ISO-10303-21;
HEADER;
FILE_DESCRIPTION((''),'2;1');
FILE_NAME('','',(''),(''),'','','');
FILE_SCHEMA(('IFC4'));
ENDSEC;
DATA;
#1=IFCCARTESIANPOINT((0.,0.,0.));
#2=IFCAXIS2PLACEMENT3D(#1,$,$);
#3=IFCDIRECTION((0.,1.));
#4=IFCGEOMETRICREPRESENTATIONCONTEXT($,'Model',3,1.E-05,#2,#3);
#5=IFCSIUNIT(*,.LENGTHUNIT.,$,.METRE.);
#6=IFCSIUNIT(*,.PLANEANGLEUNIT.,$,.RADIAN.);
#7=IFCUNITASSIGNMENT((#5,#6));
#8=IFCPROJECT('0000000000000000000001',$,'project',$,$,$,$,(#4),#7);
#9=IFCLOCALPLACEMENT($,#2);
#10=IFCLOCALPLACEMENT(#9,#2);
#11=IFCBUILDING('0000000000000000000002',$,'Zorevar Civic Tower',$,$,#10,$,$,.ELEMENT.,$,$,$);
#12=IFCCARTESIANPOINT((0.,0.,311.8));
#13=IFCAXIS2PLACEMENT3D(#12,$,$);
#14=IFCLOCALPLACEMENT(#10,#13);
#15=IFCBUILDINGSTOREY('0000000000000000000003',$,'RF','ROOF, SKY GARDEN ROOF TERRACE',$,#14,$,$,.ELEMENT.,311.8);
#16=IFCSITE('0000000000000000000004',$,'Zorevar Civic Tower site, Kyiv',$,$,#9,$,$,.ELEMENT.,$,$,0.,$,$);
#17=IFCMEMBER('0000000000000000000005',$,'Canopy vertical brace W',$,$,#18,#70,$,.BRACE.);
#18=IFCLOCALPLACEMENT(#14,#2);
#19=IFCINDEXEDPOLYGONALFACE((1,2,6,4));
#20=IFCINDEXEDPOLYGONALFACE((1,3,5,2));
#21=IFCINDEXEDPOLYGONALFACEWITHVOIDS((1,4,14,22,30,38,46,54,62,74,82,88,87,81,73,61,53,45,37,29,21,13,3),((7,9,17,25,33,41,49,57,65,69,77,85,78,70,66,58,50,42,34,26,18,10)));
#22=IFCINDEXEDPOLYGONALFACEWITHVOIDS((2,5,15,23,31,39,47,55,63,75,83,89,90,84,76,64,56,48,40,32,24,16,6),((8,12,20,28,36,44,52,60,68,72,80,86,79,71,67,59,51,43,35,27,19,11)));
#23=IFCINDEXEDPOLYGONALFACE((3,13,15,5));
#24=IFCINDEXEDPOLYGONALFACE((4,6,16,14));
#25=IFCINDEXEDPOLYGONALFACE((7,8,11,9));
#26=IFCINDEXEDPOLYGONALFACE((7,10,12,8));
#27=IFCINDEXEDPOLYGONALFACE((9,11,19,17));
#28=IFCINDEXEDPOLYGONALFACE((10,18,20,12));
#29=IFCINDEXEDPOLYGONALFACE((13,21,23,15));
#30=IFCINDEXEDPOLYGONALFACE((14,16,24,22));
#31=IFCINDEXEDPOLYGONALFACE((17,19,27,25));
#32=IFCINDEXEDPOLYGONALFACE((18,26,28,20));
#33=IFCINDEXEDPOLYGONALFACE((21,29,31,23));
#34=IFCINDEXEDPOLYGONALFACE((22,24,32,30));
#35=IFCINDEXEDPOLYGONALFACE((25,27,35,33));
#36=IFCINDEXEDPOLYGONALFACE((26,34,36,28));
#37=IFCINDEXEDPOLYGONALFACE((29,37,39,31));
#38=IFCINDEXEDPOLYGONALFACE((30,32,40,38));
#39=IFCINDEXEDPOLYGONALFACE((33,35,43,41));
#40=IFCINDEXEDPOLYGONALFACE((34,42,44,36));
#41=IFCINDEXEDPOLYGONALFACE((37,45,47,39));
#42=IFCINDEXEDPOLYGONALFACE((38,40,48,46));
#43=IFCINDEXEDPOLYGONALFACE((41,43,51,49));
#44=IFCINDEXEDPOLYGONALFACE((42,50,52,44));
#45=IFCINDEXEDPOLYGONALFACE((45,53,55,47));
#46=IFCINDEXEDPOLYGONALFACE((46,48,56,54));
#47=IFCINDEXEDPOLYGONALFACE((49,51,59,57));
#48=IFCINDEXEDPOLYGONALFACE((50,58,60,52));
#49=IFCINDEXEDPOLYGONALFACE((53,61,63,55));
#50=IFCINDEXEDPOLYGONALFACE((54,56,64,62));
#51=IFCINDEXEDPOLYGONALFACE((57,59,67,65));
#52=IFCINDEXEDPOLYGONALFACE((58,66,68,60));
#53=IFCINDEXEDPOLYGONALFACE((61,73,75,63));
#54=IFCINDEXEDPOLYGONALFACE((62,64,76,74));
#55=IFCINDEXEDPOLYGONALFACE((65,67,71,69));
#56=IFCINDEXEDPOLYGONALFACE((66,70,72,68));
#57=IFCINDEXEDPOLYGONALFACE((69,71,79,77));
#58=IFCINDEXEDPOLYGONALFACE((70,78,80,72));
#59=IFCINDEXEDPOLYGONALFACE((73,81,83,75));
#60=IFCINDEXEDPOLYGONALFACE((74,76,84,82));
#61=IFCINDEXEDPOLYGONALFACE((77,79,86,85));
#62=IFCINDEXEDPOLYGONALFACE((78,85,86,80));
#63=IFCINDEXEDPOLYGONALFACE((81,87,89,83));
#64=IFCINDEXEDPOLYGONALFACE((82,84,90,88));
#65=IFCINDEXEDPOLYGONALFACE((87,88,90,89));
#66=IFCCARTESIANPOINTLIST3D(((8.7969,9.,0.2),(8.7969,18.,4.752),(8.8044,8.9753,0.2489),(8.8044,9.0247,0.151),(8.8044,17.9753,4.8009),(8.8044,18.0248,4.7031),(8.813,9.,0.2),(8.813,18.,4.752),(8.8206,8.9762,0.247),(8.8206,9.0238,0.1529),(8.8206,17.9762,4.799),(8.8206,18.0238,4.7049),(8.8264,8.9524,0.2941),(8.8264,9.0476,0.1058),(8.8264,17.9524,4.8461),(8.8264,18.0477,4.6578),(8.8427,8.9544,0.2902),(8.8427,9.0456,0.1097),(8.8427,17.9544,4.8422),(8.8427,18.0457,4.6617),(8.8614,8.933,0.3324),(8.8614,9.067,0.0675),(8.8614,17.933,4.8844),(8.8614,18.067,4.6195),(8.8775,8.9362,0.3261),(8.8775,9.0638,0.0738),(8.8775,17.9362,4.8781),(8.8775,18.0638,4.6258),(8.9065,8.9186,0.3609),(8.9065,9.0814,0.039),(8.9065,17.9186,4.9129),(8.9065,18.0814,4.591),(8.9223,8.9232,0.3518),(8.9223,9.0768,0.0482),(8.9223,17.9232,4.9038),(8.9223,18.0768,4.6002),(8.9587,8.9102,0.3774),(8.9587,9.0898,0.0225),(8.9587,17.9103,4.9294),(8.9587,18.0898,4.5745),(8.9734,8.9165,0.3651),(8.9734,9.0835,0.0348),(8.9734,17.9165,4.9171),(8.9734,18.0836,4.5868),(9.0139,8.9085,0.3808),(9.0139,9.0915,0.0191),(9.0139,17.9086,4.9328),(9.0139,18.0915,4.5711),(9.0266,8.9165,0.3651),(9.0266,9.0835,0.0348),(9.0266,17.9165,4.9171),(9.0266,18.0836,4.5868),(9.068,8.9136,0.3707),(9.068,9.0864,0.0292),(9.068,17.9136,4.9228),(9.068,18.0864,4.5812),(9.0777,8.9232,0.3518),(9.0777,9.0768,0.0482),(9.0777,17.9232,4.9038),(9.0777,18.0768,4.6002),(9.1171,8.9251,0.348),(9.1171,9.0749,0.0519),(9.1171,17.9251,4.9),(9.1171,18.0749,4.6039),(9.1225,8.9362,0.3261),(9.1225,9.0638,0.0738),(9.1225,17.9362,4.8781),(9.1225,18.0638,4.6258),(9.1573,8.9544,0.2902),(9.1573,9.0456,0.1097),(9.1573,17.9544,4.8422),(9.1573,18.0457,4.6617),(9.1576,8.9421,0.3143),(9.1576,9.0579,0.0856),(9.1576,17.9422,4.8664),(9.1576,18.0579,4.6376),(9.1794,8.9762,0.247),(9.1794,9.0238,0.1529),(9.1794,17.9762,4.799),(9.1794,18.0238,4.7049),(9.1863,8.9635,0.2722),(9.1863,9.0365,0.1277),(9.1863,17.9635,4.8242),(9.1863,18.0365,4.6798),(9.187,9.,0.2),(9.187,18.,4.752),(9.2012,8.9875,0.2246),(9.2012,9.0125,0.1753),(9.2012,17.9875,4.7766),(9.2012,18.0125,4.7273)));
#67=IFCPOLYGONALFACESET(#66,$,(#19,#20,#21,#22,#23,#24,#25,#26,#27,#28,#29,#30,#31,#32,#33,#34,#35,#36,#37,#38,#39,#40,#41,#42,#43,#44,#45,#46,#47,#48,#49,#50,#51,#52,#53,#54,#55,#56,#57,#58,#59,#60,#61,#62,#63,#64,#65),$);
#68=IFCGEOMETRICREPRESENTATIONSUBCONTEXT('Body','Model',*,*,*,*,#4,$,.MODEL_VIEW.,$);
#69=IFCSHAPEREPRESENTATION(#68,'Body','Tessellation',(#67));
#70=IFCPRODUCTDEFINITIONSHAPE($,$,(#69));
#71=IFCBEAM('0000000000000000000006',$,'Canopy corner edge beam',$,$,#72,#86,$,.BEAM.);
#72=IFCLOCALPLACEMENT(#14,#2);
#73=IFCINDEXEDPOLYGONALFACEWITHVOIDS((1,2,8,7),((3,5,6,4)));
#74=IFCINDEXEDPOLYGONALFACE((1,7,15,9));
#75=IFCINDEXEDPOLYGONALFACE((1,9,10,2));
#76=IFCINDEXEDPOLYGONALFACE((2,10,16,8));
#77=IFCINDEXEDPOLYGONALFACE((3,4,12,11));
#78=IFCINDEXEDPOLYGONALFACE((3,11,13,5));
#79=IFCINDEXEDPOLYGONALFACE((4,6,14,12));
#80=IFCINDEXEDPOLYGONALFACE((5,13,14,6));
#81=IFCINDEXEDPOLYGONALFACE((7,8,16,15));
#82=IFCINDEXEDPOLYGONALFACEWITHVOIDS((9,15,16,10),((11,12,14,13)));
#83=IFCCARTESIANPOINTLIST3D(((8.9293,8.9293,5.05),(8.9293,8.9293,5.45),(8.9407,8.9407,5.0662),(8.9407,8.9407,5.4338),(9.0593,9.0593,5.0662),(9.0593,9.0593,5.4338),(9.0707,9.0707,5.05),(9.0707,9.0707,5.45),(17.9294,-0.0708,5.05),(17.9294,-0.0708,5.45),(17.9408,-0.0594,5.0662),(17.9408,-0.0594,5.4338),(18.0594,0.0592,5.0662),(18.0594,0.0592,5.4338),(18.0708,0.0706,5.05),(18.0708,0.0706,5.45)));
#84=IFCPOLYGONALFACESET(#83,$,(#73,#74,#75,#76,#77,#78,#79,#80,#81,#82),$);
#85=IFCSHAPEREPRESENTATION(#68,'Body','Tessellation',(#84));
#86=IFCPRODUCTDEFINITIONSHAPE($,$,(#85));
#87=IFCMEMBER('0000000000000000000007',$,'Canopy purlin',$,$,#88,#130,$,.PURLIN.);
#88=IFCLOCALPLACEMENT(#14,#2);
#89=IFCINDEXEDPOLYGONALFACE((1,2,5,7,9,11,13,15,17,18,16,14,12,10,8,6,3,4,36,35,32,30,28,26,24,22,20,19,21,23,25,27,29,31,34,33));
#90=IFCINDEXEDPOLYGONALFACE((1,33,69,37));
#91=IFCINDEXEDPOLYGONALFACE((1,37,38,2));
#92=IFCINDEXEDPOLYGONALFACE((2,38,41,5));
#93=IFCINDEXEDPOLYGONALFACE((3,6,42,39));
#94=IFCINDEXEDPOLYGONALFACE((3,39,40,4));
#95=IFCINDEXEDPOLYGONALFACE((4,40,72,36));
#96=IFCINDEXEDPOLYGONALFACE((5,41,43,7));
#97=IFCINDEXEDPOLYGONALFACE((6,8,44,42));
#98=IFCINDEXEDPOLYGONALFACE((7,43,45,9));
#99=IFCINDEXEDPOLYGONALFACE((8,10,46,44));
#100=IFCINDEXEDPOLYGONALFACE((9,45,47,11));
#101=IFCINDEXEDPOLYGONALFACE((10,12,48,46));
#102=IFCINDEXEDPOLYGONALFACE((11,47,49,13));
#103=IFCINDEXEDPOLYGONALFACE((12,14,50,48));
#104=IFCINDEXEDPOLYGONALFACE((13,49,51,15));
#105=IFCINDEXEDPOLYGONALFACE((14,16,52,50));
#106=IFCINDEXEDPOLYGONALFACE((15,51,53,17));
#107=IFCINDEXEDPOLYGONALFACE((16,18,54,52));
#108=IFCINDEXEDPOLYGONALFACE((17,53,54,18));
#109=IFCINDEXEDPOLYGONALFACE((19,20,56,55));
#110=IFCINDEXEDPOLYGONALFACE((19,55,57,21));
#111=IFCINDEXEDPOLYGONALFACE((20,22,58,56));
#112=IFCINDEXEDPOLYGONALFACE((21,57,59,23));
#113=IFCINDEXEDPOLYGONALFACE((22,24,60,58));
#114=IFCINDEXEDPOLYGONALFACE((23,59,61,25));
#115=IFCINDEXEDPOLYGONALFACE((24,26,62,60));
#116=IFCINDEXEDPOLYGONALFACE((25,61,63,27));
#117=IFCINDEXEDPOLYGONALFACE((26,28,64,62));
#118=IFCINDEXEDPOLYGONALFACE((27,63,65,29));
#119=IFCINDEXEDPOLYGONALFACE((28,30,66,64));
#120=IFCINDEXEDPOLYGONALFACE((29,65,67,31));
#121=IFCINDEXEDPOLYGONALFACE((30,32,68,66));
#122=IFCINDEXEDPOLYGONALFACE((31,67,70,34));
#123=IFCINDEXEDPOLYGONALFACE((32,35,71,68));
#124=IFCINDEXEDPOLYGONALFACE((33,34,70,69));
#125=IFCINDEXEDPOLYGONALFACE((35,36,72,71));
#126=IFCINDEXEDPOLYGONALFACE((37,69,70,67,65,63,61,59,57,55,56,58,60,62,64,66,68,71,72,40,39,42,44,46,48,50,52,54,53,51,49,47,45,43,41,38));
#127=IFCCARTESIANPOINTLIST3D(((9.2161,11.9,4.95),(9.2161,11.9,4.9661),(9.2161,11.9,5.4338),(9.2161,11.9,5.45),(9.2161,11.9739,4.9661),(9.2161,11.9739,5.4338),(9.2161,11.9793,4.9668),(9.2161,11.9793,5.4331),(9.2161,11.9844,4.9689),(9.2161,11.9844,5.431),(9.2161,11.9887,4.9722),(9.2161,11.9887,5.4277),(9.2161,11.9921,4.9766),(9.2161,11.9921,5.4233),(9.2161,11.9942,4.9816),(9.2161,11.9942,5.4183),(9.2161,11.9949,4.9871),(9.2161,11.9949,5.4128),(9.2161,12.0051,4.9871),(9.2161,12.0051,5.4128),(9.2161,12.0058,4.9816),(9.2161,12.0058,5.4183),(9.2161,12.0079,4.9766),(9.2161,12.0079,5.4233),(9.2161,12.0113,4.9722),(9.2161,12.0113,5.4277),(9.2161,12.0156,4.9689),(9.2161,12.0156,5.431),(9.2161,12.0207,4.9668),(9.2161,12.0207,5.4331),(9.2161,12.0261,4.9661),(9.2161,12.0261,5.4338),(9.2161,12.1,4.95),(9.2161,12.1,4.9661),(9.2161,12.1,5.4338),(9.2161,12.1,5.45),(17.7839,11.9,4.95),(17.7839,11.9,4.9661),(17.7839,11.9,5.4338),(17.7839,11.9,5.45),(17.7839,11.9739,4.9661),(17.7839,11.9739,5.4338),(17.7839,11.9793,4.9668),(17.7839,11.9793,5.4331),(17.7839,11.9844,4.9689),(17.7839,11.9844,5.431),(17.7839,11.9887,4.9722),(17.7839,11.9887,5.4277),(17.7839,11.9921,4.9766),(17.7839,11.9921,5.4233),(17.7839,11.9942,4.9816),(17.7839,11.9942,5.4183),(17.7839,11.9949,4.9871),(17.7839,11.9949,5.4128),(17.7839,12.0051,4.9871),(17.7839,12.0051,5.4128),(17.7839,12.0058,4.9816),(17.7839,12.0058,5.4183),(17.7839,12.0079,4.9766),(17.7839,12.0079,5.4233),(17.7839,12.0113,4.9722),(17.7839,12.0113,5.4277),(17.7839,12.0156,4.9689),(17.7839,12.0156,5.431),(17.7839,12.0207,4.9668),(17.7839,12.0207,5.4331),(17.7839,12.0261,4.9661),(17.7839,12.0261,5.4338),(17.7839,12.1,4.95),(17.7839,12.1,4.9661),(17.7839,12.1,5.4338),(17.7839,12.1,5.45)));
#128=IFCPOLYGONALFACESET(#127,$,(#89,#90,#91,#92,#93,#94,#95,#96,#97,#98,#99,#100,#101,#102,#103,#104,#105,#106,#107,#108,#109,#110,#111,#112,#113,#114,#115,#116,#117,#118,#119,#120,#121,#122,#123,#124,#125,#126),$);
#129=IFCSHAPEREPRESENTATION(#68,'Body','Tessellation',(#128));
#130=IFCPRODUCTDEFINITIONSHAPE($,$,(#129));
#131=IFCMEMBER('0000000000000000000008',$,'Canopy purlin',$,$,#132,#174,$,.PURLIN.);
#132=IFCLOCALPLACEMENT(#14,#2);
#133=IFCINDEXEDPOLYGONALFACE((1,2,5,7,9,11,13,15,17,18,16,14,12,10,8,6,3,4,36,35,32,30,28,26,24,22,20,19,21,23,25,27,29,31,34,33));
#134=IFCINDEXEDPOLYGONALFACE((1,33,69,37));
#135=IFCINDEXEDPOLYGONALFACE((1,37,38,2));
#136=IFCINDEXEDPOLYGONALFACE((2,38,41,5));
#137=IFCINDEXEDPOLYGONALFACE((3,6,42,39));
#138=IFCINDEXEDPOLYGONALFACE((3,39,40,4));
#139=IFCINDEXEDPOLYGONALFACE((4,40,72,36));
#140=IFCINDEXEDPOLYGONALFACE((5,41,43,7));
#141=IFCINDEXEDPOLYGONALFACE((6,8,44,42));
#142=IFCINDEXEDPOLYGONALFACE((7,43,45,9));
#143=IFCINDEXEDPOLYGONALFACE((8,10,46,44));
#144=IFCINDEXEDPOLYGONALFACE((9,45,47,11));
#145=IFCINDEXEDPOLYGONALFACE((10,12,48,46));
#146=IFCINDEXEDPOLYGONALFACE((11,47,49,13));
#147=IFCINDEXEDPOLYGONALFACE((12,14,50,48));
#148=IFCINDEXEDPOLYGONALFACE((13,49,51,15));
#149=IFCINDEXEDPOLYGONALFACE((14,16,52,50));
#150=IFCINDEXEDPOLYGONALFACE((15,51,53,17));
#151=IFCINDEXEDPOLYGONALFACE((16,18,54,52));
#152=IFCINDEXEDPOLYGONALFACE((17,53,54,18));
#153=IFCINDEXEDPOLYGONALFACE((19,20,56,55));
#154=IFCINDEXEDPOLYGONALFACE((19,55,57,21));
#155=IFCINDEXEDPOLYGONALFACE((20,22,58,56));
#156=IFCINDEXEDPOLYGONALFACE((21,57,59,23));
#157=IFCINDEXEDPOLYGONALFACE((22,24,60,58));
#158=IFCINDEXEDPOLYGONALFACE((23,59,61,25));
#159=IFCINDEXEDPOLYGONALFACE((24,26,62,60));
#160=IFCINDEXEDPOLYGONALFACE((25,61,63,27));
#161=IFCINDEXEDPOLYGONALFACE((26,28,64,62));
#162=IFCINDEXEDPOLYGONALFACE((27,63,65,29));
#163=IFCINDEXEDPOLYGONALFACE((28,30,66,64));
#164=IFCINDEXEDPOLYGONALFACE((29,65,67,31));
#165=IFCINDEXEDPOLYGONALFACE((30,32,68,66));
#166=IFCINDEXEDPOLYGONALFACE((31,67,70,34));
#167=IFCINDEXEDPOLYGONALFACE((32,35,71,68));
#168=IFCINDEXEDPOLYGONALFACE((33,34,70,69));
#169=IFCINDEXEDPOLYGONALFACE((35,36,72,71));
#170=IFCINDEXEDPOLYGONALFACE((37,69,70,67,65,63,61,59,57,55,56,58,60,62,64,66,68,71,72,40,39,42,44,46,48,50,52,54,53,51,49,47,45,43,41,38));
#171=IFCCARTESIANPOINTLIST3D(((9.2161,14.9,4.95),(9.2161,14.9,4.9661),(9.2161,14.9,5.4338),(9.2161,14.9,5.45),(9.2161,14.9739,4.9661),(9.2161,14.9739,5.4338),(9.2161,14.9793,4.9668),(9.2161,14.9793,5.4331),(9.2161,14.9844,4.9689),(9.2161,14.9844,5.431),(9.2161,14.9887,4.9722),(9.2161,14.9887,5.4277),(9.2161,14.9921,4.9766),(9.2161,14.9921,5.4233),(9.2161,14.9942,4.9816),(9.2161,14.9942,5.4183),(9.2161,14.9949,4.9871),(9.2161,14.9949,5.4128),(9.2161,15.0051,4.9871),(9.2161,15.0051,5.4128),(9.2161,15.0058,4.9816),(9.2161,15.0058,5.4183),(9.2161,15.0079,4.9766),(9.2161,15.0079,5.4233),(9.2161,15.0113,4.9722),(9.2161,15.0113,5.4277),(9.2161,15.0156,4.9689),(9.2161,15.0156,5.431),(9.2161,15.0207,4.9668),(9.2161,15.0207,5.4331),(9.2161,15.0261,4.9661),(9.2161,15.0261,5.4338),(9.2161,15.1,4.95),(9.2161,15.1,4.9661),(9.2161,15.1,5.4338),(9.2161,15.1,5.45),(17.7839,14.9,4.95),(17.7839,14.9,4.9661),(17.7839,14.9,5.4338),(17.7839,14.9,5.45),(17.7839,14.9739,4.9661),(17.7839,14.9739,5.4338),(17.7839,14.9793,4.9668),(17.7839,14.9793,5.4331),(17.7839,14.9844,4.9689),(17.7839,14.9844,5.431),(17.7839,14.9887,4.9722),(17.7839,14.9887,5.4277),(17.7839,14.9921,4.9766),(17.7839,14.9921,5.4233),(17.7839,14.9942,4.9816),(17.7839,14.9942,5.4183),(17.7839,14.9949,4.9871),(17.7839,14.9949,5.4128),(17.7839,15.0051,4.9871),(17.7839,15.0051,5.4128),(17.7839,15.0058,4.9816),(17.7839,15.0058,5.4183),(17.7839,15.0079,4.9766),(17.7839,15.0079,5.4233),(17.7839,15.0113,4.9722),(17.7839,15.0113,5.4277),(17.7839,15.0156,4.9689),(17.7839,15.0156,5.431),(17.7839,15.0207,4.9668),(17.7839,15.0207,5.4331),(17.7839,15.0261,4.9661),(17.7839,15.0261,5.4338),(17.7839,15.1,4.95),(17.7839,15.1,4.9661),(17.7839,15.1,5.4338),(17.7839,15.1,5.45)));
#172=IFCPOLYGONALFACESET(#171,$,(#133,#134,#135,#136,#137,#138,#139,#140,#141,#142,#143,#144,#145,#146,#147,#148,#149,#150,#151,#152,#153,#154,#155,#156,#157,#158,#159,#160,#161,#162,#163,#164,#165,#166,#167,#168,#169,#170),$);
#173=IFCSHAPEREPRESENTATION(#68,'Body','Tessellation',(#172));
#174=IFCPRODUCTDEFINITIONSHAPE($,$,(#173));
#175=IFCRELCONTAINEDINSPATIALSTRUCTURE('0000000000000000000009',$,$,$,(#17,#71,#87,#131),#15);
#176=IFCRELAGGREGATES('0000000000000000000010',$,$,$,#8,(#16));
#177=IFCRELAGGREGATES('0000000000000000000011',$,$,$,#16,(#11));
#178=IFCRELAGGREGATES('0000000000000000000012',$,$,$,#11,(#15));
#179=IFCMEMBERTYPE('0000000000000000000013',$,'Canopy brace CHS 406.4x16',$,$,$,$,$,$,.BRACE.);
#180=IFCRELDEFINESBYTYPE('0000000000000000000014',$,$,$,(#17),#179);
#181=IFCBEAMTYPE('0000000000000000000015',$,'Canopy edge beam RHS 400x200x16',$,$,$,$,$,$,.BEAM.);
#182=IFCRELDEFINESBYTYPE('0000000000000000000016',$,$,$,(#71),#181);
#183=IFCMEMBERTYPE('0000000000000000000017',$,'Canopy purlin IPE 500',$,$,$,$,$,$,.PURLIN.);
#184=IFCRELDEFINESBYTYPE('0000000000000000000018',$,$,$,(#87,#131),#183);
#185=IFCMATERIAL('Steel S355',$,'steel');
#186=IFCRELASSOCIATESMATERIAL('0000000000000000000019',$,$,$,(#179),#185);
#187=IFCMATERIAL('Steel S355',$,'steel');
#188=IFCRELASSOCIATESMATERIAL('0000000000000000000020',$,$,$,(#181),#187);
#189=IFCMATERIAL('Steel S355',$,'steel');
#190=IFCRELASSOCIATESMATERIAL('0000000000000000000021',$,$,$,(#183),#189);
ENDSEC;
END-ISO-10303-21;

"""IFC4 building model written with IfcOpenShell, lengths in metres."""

from ifc_helpers import new_model, si_unit, direction, frame, origin, origin_2d, place, context, subcontext, project, spatial, hollow_rectangle, hollow_circle, i_section, extrude, material, material_profile, profile_set, type_object, element, save


model = new_model("IFC4")

# Units and contexts
model_context = context("Model", 3, precision=1e-05, world=origin(), true_north=direction((0.0, 1.0)))
body_context = subcontext(model_context, "Body", "Model", "MODEL_VIEW")
ifc_project = project(units=[si_unit("LENGTHUNIT", "METRE"), si_unit("PLANEANGLEUNIT", "RADIAN")], contexts=[model_context])

# Site, building, storey
site_placement = place(None, origin())
site = spatial("IfcSite", under=ifc_project, at=site_placement, Name="Zorevar Civic Tower site, Kyiv", CompositionType="ELEMENT", RefElevation=0.0)
building_placement = place(site_placement, origin())
building = spatial("IfcBuilding", under=site, at=building_placement, Name="Zorevar Civic Tower", CompositionType="ELEMENT")
storey_placement = place(building_placement, frame((0.0, 0.0, 311.8)))
storey = spatial("IfcBuildingStorey", under=building, at=storey_placement, Name="RF", Description="ROOF, SKY GARDEN ROOF TERRACE", CompositionType="ELEMENT", Elevation=311.8)

# Member
ifc_material_1 = material(Name="Steel S355", Category="steel")
ifc_material_profile_1 = material_profile(ifc_material_1, hollow_circle(Radius=0.2031, WallThickness=0.0161, at=origin_2d()), Name="CHS 406.4x16")
ifc_profile_set_1 = profile_set([ifc_material_profile_1], Name="Steel S355")
member_type_1 = type_object("IfcMemberType", Name="Canopy brace CHS 406.4x16", PredefinedType="BRACE", material=ifc_profile_set_1)
member_1_placement = place(storey_placement, frame((9.0, 9.0, 0.2), z_axis=(0.0, 0.892355, 0.451334), x_axis=(-1.0, 0.0, 0.0)))
element("IfcMember", 1, at=member_1_placement, inside=storey, type_object=member_type_1, Name="Canopy vertical brace W", PredefinedType="BRACE", context=body_context, shape_type="SweptSolid", body=[
    extrude(hollow_circle(Radius=0.2031, WallThickness=0.0161, at=origin_2d()), origin(), (0.0, 0.0, 1.0), 10.0857),
])

# Beam
ifc_material_2 = material(Name="Steel S355", Category="steel")
ifc_material_profile_2 = material_profile(ifc_material_2, hollow_rectangle(XDim=0.2, YDim=0.3999, WallThickness=0.0161, at=origin_2d()), Name="RHS 400x200x16")
ifc_profile_set_2 = profile_set([ifc_material_profile_2], Name="Steel S355")
beam_type_1 = type_object("IfcBeamType", Name="Canopy edge beam RHS 400x200x16", PredefinedType="BEAM", material=ifc_profile_set_2)
beam_1_placement = place(storey_placement, frame((9.0, 9.0, 5.25), z_axis=(0.707107, -0.707107, 0.0), x_axis=(0.707107, 0.707107, 0.0)))
element("IfcBeam", 2, at=beam_1_placement, inside=storey, type_object=beam_type_1, Name="Canopy corner edge beam", PredefinedType="BEAM", context=body_context, shape_type="SweptSolid", body=[
    extrude(hollow_rectangle(XDim=0.2, YDim=0.3999, WallThickness=0.0161, at=origin_2d()), origin(), (0.0, 0.0, 1.0), 12.728),
])

# Members
ifc_material_3 = material(Name="Steel S355", Category="steel")
ifc_material_profile_3 = material_profile(ifc_material_3, i_section(OverallWidth=0.2, OverallDepth=0.5, WebThickness=0.0103, FlangeThickness=0.0161, FilletRadius=0.021, at=origin_2d()), Name="IPE 500")
ifc_profile_set_3 = profile_set([ifc_material_profile_3], Name="Steel S355")
member_type_2 = type_object("IfcMemberType", Name="Canopy purlin IPE 500", PredefinedType="PURLIN", material=ifc_profile_set_3)
for number, where, z_axis, x_axis, name in (
    (3, (9.2161, 12.0, 5.2), (1.0, 0.0, 0.0), (0.0, 1.0, 0.0), "Canopy purlin"),
    (4, (9.2161, 15.0, 5.2), (1.0, 0.0, 0.0), (0.0, 1.0, 0.0), "Canopy purlin"),
):
    element("IfcMember", number, at=place(storey_placement, frame(where, z_axis=z_axis, x_axis=x_axis)), inside=storey, type_object=member_type_2, Name=name, PredefinedType="PURLIN", context=body_context, shape_type="SweptSolid", body=[
        extrude(i_section(OverallWidth=0.2, OverallDepth=0.5, WebThickness=0.0103, FlangeThickness=0.0161, FilletRadius=0.021, at=origin_2d()), origin(), (0.0, 0.0, 1.0), 8.5679),
    ])

save(model, "model.ifc")
